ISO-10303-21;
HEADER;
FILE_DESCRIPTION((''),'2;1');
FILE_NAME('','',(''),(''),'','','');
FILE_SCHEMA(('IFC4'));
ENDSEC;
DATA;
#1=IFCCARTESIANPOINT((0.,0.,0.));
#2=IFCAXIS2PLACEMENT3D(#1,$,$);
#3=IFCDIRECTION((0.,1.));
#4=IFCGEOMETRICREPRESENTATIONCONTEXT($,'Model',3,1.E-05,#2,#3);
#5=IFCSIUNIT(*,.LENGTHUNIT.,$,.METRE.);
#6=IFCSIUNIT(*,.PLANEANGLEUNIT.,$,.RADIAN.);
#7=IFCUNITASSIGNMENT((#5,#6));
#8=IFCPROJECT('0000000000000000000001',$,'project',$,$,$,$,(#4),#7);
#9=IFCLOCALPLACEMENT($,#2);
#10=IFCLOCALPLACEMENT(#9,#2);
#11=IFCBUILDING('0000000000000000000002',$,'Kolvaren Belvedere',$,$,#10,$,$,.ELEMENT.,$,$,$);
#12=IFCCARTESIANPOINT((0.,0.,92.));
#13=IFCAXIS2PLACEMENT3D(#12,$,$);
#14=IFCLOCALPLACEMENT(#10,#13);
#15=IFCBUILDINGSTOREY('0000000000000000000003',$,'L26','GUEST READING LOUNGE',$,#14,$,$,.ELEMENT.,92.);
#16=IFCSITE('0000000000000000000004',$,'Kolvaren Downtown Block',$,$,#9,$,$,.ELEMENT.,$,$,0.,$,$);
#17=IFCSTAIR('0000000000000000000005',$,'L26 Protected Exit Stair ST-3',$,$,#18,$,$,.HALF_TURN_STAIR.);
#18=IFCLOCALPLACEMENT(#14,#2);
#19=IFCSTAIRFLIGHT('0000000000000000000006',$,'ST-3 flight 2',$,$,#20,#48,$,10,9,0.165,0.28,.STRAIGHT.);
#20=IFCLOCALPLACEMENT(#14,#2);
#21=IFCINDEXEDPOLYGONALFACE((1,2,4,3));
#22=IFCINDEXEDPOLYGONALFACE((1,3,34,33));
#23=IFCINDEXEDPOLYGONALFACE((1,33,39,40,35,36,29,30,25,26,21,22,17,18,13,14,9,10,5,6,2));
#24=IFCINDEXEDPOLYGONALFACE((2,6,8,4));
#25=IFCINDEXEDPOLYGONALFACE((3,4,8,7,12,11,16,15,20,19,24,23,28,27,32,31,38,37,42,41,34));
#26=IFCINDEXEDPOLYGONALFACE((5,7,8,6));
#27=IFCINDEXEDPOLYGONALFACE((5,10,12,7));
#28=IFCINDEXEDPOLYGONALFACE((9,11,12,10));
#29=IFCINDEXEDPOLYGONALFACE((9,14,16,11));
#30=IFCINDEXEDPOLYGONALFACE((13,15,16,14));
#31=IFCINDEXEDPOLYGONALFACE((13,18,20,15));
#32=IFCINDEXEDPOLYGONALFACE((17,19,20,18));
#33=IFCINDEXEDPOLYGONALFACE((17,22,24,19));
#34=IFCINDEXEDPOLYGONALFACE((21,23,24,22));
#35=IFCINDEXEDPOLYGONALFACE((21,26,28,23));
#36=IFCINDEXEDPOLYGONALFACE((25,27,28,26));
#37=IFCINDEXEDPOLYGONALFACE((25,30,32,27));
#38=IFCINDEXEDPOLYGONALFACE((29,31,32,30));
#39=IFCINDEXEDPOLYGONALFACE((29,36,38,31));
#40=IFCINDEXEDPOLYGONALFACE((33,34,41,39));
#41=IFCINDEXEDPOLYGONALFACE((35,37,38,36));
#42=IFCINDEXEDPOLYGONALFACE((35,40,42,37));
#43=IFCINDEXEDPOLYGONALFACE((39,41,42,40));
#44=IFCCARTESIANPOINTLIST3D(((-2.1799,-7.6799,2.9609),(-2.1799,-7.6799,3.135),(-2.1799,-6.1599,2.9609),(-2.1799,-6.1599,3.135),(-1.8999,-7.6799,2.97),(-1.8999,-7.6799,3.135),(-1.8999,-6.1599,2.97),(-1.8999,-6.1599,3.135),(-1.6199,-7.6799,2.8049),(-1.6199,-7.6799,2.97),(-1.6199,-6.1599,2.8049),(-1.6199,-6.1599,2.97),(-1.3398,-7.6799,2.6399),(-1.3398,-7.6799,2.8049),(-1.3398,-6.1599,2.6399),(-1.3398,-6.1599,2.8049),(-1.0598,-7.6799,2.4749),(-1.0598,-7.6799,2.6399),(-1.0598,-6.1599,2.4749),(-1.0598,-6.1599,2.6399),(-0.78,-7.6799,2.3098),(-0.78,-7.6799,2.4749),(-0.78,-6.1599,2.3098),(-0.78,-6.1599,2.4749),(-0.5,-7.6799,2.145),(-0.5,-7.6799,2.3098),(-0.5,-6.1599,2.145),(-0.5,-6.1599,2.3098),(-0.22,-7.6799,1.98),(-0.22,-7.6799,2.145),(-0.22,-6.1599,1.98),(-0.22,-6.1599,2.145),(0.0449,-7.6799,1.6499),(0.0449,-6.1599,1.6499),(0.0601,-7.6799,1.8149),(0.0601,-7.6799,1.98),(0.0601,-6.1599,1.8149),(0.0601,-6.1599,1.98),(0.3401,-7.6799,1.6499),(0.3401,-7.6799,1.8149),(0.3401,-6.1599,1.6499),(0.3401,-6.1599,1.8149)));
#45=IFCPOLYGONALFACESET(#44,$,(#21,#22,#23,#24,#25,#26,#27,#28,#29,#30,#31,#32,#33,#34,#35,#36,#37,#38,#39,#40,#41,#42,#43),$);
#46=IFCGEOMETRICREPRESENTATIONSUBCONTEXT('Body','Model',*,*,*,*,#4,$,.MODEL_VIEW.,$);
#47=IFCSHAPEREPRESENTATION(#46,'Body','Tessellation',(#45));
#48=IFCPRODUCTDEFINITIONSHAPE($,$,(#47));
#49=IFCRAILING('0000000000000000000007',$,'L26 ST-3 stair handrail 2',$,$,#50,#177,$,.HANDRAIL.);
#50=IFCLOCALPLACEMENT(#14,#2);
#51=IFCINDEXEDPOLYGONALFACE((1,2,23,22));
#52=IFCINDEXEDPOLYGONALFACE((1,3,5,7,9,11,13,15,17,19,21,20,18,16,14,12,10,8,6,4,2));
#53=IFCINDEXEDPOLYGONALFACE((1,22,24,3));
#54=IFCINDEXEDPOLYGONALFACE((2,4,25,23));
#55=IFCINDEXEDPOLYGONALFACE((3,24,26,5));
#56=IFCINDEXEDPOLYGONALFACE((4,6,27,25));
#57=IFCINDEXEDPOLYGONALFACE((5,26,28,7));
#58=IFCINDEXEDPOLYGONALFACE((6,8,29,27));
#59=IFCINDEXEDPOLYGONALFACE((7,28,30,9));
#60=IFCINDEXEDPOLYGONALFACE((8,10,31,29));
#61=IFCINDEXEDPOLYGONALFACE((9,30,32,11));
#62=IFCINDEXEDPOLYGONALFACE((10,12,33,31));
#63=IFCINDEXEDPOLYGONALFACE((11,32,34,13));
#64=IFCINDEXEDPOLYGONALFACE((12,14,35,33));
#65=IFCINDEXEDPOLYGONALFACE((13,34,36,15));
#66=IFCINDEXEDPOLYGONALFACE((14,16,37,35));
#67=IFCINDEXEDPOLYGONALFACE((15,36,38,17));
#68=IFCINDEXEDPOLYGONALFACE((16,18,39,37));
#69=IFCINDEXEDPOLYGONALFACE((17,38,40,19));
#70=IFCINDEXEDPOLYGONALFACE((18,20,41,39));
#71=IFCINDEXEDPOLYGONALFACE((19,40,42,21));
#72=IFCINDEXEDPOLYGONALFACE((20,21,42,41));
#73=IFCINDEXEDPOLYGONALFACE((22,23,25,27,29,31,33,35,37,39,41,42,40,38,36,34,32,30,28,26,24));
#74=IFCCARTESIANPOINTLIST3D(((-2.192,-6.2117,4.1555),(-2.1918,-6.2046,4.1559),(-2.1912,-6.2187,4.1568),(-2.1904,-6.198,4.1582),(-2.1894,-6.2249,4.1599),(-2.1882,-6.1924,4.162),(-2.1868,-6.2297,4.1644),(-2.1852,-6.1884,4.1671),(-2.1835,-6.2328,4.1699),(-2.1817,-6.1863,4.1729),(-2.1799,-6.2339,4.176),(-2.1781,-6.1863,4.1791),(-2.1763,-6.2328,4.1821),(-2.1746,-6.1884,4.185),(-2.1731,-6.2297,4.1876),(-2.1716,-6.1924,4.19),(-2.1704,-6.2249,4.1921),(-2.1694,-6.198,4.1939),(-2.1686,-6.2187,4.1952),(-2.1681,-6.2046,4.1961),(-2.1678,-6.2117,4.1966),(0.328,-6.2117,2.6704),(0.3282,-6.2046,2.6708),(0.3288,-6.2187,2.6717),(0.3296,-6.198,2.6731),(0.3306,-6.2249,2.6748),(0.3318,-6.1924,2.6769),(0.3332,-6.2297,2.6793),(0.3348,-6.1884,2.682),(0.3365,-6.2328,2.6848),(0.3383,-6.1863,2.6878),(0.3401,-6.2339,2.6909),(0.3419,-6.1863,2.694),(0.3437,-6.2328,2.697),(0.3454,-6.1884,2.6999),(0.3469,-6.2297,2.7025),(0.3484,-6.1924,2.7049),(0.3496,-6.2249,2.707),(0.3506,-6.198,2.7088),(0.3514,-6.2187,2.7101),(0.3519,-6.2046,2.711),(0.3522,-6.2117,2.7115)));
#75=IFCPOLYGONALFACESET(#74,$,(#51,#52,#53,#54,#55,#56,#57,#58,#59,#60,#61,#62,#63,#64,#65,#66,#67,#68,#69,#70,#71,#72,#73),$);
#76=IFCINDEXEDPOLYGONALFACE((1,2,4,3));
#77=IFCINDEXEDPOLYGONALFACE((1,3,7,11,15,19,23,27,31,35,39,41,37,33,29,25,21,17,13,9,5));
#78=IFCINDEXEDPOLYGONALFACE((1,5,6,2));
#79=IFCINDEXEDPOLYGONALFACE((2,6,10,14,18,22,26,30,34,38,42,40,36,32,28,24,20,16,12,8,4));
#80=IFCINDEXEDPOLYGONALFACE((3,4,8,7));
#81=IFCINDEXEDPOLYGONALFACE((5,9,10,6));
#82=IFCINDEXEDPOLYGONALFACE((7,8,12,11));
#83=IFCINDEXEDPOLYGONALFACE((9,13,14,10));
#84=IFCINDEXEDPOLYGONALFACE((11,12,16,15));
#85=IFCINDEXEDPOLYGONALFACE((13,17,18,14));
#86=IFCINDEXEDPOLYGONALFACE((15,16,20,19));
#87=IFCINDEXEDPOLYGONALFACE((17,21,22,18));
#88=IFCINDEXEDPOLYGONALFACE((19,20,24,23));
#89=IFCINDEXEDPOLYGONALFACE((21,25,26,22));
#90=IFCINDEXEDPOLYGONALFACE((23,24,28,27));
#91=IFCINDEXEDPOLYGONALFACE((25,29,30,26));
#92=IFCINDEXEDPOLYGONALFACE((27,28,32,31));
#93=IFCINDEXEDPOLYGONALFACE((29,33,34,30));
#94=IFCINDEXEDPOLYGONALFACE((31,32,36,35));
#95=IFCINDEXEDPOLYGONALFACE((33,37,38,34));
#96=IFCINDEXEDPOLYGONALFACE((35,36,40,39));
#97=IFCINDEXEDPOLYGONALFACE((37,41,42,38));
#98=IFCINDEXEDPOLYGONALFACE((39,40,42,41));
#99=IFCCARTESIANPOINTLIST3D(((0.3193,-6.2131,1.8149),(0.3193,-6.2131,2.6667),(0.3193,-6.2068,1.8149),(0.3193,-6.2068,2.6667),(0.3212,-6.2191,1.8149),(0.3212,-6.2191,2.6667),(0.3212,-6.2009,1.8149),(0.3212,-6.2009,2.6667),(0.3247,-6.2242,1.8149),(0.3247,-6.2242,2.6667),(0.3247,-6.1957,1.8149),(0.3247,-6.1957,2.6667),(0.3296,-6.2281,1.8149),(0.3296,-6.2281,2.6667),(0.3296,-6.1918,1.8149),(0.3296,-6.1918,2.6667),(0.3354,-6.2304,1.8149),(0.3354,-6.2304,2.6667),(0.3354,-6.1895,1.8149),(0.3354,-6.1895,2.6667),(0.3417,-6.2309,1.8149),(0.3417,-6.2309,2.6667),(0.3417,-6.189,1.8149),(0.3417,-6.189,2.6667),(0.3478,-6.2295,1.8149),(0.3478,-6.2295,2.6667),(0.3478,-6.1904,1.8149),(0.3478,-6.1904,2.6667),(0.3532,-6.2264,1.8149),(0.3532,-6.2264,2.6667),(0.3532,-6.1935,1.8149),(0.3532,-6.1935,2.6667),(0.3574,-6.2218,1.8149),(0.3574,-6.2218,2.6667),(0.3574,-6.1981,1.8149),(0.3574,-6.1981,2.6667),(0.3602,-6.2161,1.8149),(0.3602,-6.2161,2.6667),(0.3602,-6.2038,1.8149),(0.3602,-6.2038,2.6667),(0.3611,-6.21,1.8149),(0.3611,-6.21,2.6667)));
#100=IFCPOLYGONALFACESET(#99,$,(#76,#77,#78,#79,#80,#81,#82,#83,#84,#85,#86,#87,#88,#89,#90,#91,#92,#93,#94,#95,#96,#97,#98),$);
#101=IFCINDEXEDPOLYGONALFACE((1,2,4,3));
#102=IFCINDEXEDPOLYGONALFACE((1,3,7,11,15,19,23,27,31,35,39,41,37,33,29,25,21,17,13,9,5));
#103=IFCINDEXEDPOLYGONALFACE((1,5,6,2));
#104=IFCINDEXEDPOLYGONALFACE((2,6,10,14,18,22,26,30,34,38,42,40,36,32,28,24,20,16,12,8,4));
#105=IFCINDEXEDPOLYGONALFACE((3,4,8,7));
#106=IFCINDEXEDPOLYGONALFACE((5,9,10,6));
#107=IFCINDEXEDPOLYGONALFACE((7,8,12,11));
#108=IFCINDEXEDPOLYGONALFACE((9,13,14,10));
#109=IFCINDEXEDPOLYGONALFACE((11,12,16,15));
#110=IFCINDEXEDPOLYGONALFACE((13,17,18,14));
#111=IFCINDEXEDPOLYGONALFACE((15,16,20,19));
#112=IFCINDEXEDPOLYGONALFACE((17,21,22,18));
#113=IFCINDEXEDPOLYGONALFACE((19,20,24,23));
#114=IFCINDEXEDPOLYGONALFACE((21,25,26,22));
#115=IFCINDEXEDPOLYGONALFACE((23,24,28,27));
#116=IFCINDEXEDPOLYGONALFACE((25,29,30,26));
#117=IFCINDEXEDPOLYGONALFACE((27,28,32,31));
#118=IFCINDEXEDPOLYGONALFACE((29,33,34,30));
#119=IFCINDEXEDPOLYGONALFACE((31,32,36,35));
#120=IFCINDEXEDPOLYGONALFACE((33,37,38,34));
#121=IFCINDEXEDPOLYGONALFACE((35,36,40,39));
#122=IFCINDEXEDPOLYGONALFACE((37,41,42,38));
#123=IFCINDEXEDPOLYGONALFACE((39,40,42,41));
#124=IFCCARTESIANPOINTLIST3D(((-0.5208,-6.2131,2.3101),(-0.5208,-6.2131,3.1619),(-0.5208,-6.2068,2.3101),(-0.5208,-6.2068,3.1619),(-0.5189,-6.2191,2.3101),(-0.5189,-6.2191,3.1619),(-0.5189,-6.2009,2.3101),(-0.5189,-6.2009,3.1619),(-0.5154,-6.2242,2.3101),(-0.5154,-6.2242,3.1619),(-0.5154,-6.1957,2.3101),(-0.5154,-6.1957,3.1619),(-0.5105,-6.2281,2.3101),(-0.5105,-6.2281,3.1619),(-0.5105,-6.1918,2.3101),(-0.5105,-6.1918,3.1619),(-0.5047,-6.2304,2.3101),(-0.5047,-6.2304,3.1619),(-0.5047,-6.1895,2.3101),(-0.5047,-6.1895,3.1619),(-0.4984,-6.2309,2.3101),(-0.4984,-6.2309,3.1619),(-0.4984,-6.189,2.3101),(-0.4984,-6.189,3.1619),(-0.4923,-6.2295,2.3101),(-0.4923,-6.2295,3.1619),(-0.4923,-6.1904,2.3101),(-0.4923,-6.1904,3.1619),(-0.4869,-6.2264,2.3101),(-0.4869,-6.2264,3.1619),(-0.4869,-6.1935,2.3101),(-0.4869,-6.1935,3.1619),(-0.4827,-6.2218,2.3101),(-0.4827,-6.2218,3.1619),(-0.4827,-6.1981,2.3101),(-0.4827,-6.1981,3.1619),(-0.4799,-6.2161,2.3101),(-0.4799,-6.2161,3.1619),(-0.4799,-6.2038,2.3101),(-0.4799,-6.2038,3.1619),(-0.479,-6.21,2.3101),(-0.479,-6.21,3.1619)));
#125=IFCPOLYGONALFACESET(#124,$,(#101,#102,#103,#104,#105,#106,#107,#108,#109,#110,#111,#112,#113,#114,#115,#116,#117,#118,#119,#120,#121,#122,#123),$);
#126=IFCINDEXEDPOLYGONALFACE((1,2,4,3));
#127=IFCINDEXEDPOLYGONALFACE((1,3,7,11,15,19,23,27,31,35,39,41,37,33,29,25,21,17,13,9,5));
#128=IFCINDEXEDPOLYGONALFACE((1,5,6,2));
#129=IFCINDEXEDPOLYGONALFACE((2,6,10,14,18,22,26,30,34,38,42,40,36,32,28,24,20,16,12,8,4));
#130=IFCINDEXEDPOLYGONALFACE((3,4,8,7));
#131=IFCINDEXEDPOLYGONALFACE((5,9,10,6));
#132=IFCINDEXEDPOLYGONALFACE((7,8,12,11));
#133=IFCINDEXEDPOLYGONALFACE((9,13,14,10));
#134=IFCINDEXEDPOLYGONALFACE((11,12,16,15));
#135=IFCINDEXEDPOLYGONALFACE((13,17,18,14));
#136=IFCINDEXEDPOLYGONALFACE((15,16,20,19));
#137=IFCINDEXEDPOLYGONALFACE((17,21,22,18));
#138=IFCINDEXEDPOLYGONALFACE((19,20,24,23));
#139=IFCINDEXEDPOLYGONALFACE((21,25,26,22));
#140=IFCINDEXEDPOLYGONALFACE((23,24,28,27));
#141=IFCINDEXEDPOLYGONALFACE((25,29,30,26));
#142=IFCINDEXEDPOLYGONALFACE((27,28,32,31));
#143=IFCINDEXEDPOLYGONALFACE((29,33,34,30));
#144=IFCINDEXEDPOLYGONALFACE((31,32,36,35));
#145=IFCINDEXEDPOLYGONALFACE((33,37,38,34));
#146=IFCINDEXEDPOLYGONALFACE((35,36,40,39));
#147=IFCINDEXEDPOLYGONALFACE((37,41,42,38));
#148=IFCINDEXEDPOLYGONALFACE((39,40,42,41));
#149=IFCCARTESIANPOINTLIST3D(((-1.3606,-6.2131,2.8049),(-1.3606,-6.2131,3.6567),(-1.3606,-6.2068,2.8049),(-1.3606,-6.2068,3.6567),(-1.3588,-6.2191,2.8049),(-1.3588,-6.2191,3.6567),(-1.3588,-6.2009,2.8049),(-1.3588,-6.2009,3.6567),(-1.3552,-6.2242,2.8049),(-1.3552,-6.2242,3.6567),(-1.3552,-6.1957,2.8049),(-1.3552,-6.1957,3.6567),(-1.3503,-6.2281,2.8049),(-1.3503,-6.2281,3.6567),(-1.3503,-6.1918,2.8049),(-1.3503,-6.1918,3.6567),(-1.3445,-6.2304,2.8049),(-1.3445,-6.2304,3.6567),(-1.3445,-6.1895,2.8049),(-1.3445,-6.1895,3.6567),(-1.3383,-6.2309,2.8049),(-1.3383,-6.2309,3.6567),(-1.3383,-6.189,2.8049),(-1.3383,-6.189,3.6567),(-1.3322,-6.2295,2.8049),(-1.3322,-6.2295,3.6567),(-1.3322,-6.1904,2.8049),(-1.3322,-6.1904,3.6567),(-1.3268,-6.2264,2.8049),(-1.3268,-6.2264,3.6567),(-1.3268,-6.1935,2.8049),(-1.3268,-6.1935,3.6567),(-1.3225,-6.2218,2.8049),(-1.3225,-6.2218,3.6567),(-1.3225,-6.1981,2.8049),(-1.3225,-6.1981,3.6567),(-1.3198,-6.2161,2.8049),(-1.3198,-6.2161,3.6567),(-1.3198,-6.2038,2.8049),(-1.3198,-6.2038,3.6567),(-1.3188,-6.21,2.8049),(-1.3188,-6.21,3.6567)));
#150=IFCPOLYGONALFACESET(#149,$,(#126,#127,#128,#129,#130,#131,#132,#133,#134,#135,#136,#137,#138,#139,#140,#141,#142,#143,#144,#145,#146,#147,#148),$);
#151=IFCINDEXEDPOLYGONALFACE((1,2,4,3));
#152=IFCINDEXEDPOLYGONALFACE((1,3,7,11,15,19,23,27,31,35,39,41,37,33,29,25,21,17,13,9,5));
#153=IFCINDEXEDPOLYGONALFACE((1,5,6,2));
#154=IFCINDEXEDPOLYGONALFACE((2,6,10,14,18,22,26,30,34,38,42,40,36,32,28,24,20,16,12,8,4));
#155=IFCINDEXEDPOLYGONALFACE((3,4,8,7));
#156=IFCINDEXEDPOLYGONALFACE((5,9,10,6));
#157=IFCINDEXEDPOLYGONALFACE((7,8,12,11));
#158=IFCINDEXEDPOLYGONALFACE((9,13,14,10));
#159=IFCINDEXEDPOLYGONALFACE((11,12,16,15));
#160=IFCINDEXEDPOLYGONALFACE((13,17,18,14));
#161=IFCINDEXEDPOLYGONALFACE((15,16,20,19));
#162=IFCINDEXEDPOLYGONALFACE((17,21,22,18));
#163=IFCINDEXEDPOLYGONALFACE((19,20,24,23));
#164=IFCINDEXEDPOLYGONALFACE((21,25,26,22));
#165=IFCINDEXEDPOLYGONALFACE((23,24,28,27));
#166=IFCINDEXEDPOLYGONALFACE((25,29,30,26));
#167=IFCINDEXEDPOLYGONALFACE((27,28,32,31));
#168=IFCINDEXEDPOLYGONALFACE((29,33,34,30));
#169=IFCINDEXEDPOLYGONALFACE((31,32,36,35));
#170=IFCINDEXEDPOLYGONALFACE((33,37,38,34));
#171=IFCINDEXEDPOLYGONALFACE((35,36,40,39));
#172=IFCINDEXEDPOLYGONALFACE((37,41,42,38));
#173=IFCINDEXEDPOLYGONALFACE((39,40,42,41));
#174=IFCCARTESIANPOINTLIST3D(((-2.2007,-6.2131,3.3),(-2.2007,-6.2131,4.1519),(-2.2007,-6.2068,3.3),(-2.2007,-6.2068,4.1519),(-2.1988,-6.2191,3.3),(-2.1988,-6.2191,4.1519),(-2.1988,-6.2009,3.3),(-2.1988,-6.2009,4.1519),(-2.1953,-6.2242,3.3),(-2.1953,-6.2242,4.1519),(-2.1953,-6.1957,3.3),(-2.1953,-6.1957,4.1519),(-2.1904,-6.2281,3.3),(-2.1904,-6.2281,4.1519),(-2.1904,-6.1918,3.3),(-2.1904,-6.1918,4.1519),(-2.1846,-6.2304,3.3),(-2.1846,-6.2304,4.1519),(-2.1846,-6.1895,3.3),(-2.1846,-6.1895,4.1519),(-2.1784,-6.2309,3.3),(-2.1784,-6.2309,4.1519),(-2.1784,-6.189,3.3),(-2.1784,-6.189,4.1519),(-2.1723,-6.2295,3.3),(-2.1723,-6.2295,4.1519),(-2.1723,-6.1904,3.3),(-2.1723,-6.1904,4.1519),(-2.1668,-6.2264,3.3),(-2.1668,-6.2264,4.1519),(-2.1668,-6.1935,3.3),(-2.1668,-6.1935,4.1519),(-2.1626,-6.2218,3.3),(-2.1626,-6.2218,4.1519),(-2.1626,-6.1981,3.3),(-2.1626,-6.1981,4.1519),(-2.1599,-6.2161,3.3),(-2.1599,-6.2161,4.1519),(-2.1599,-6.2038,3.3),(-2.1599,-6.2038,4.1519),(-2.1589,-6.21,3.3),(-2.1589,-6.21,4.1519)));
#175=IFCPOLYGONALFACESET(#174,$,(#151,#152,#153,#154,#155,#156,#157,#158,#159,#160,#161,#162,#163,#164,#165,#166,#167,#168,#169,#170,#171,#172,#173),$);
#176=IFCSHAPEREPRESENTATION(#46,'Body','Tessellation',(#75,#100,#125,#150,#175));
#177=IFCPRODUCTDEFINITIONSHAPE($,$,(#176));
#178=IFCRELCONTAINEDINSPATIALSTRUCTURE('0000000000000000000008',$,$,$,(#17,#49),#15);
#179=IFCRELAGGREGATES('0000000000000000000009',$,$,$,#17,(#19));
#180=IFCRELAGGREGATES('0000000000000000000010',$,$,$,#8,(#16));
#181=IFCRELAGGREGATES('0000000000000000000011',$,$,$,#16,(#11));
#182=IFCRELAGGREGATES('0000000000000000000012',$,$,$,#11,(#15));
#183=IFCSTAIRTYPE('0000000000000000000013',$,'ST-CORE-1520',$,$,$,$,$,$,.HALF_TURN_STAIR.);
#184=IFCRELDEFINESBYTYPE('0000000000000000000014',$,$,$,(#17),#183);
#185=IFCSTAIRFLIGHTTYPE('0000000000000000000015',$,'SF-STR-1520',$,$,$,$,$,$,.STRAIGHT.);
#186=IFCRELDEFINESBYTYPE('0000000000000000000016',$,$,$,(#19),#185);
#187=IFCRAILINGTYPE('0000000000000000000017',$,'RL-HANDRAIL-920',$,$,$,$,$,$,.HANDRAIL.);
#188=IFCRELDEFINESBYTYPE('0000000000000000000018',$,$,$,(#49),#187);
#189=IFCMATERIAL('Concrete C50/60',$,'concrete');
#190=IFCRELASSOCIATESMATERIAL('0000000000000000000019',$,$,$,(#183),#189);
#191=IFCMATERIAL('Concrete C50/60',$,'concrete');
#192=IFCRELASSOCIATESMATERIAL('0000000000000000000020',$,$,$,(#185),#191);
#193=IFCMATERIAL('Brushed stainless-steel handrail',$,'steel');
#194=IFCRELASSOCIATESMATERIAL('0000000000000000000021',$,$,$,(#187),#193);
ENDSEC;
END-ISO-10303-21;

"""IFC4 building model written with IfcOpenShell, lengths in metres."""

from ifc_helpers import new_model, si_unit, direction, frame, origin, origin_2d, place, context, subcontext, project, spatial, polyline, circle, outline, extrude, material, type_object, element, aggregate, save


model = new_model("IFC4")

# Units and contexts
model_context = context("Model", 3, precision=1e-05, world=origin(), true_north=direction((0.0, 1.0)))
body_context = subcontext(model_context, "Body", "Model", "MODEL_VIEW")
ifc_project = project(units=[si_unit("LENGTHUNIT", "METRE"), si_unit("PLANEANGLEUNIT", "RADIAN")], contexts=[model_context])

# Site, building, storey
site_placement = place(None, origin())
site = spatial("IfcSite", under=ifc_project, at=site_placement, Name="Kolvaren Downtown Block", CompositionType="ELEMENT", RefElevation=0.0)
building_placement = place(site_placement, origin())
building = spatial("IfcBuilding", under=site, at=building_placement, Name="Kolvaren Belvedere", CompositionType="ELEMENT")
storey_placement = place(building_placement, frame((0.0, 0.0, 92.0)))
storey = spatial("IfcBuildingStorey", under=building, at=storey_placement, Name="L26", Description="GUEST READING LOUNGE", CompositionType="ELEMENT", Elevation=92.0)

# Shared definitions
ifc_material_1 = material(Name="Concrete C50/60", Category="concrete")
stair_type = type_object("IfcStairType", Name="ST-CORE-1520", PredefinedType="HALF_TURN_STAIR", material=ifc_material_1)

# Stair, stair flight
stair_1_placement = place(storey_placement, origin())
stair_1 = element("IfcStair", 1, at=stair_1_placement, inside=storey, type_object=stair_type, Name="L26 Protected Exit Stair ST-3", PredefinedType="HALF_TURN_STAIR")
ifc_material_2 = material(Name="Concrete C50/60", Category="concrete")
stair_flight_type = type_object("IfcStairFlightType", Name="SF-STR-1520", PredefinedType="STRAIGHT", material=ifc_material_2)
stair_flight_placement = place(storey_placement, frame((0.3401, -6.9199, 1.6499), z_axis=(0.0, 0.0, 1.0), x_axis=(-1.0, 0.0, 0.0)))
stair_flight = element("IfcStairFlight", 2, at=stair_flight_placement, type_object=stair_flight_type, Name="ST-3 flight 2", NumberOfRisers=10, NumberOfTreads=9, PredefinedType="STRAIGHT", RiserHeight=0.165, TreadLength=0.28, context=body_context, shape_type="SweptSolid", body=[
    extrude(outline(polyline([(0.0, 0.0), (0.0, 0.165), (0.28, 0.165), (0.28, 0.3301), (0.5601, 0.3301), (0.5601, 0.4951), (0.8401, 0.4951), (0.8401, 0.6599), (1.1201, 0.6599), (1.1201, 0.825), (1.3999, 0.825), (1.3999, 0.99), (1.6799, 0.99), (1.6799, 1.155), (1.96, 1.155), (1.96, 1.3201), (2.24, 1.3201), (2.24, 1.4851), (2.52, 1.4851), (2.52, 1.6499), (2.52, 1.311), (0.2952, 0.0), (0.0, 0.0)])), frame((0.0, 0.76, 0.0), z_axis=(0.0, -1.0, 0.0), x_axis=(1.0, 0.0, 0.0)), (0.0, 0.0, 1.0), 1.52),
])
aggregate(stair_1, [stair_flight])

# Railing
ifc_material_3 = material(Name="Brushed stainless-steel handrail", Category="steel")
railing_type_1 = type_object("IfcRailingType", Name="RL-HANDRAIL-920", PredefinedType="HANDRAIL", material=ifc_material_3)
railing_1_placement = place(storey_placement, frame((0.3401, -6.21, 1.8149)))
element("IfcRailing", 3, at=railing_1_placement, inside=storey, type_object=railing_type_1, Name="L26 ST-3 stair handrail 2", PredefinedType="HANDRAIL", context=body_context, shape_type="SweptSolid", body=[
    extrude(circle(Radius=0.0239, at=origin_2d()), frame((0.0, 0.0, 0.876), z_axis=(-0.861524, 0.0, 0.507717), x_axis=(0.0, -1.0, 0.0)), (0.0, 0.0, 1.0), 2.925),
    extrude(circle(Radius=0.021, at=origin_2d()), origin(), (0.0, 0.0, 1.0), 0.8518),
    extrude(circle(Radius=0.021, at=origin_2d()), frame((-0.8401, 0.0, 0.4951)), (0.0, 0.0, 1.0), 0.8518),
    extrude(circle(Radius=0.021, at=origin_2d()), frame((-1.6799, 0.0, 0.99)), (0.0, 0.0, 1.0), 0.8518),
    extrude(circle(Radius=0.021, at=origin_2d()), frame((-2.52, 0.0, 1.4851)), (0.0, 0.0, 1.0), 0.8518),
])

save(model, "model.ifc")
